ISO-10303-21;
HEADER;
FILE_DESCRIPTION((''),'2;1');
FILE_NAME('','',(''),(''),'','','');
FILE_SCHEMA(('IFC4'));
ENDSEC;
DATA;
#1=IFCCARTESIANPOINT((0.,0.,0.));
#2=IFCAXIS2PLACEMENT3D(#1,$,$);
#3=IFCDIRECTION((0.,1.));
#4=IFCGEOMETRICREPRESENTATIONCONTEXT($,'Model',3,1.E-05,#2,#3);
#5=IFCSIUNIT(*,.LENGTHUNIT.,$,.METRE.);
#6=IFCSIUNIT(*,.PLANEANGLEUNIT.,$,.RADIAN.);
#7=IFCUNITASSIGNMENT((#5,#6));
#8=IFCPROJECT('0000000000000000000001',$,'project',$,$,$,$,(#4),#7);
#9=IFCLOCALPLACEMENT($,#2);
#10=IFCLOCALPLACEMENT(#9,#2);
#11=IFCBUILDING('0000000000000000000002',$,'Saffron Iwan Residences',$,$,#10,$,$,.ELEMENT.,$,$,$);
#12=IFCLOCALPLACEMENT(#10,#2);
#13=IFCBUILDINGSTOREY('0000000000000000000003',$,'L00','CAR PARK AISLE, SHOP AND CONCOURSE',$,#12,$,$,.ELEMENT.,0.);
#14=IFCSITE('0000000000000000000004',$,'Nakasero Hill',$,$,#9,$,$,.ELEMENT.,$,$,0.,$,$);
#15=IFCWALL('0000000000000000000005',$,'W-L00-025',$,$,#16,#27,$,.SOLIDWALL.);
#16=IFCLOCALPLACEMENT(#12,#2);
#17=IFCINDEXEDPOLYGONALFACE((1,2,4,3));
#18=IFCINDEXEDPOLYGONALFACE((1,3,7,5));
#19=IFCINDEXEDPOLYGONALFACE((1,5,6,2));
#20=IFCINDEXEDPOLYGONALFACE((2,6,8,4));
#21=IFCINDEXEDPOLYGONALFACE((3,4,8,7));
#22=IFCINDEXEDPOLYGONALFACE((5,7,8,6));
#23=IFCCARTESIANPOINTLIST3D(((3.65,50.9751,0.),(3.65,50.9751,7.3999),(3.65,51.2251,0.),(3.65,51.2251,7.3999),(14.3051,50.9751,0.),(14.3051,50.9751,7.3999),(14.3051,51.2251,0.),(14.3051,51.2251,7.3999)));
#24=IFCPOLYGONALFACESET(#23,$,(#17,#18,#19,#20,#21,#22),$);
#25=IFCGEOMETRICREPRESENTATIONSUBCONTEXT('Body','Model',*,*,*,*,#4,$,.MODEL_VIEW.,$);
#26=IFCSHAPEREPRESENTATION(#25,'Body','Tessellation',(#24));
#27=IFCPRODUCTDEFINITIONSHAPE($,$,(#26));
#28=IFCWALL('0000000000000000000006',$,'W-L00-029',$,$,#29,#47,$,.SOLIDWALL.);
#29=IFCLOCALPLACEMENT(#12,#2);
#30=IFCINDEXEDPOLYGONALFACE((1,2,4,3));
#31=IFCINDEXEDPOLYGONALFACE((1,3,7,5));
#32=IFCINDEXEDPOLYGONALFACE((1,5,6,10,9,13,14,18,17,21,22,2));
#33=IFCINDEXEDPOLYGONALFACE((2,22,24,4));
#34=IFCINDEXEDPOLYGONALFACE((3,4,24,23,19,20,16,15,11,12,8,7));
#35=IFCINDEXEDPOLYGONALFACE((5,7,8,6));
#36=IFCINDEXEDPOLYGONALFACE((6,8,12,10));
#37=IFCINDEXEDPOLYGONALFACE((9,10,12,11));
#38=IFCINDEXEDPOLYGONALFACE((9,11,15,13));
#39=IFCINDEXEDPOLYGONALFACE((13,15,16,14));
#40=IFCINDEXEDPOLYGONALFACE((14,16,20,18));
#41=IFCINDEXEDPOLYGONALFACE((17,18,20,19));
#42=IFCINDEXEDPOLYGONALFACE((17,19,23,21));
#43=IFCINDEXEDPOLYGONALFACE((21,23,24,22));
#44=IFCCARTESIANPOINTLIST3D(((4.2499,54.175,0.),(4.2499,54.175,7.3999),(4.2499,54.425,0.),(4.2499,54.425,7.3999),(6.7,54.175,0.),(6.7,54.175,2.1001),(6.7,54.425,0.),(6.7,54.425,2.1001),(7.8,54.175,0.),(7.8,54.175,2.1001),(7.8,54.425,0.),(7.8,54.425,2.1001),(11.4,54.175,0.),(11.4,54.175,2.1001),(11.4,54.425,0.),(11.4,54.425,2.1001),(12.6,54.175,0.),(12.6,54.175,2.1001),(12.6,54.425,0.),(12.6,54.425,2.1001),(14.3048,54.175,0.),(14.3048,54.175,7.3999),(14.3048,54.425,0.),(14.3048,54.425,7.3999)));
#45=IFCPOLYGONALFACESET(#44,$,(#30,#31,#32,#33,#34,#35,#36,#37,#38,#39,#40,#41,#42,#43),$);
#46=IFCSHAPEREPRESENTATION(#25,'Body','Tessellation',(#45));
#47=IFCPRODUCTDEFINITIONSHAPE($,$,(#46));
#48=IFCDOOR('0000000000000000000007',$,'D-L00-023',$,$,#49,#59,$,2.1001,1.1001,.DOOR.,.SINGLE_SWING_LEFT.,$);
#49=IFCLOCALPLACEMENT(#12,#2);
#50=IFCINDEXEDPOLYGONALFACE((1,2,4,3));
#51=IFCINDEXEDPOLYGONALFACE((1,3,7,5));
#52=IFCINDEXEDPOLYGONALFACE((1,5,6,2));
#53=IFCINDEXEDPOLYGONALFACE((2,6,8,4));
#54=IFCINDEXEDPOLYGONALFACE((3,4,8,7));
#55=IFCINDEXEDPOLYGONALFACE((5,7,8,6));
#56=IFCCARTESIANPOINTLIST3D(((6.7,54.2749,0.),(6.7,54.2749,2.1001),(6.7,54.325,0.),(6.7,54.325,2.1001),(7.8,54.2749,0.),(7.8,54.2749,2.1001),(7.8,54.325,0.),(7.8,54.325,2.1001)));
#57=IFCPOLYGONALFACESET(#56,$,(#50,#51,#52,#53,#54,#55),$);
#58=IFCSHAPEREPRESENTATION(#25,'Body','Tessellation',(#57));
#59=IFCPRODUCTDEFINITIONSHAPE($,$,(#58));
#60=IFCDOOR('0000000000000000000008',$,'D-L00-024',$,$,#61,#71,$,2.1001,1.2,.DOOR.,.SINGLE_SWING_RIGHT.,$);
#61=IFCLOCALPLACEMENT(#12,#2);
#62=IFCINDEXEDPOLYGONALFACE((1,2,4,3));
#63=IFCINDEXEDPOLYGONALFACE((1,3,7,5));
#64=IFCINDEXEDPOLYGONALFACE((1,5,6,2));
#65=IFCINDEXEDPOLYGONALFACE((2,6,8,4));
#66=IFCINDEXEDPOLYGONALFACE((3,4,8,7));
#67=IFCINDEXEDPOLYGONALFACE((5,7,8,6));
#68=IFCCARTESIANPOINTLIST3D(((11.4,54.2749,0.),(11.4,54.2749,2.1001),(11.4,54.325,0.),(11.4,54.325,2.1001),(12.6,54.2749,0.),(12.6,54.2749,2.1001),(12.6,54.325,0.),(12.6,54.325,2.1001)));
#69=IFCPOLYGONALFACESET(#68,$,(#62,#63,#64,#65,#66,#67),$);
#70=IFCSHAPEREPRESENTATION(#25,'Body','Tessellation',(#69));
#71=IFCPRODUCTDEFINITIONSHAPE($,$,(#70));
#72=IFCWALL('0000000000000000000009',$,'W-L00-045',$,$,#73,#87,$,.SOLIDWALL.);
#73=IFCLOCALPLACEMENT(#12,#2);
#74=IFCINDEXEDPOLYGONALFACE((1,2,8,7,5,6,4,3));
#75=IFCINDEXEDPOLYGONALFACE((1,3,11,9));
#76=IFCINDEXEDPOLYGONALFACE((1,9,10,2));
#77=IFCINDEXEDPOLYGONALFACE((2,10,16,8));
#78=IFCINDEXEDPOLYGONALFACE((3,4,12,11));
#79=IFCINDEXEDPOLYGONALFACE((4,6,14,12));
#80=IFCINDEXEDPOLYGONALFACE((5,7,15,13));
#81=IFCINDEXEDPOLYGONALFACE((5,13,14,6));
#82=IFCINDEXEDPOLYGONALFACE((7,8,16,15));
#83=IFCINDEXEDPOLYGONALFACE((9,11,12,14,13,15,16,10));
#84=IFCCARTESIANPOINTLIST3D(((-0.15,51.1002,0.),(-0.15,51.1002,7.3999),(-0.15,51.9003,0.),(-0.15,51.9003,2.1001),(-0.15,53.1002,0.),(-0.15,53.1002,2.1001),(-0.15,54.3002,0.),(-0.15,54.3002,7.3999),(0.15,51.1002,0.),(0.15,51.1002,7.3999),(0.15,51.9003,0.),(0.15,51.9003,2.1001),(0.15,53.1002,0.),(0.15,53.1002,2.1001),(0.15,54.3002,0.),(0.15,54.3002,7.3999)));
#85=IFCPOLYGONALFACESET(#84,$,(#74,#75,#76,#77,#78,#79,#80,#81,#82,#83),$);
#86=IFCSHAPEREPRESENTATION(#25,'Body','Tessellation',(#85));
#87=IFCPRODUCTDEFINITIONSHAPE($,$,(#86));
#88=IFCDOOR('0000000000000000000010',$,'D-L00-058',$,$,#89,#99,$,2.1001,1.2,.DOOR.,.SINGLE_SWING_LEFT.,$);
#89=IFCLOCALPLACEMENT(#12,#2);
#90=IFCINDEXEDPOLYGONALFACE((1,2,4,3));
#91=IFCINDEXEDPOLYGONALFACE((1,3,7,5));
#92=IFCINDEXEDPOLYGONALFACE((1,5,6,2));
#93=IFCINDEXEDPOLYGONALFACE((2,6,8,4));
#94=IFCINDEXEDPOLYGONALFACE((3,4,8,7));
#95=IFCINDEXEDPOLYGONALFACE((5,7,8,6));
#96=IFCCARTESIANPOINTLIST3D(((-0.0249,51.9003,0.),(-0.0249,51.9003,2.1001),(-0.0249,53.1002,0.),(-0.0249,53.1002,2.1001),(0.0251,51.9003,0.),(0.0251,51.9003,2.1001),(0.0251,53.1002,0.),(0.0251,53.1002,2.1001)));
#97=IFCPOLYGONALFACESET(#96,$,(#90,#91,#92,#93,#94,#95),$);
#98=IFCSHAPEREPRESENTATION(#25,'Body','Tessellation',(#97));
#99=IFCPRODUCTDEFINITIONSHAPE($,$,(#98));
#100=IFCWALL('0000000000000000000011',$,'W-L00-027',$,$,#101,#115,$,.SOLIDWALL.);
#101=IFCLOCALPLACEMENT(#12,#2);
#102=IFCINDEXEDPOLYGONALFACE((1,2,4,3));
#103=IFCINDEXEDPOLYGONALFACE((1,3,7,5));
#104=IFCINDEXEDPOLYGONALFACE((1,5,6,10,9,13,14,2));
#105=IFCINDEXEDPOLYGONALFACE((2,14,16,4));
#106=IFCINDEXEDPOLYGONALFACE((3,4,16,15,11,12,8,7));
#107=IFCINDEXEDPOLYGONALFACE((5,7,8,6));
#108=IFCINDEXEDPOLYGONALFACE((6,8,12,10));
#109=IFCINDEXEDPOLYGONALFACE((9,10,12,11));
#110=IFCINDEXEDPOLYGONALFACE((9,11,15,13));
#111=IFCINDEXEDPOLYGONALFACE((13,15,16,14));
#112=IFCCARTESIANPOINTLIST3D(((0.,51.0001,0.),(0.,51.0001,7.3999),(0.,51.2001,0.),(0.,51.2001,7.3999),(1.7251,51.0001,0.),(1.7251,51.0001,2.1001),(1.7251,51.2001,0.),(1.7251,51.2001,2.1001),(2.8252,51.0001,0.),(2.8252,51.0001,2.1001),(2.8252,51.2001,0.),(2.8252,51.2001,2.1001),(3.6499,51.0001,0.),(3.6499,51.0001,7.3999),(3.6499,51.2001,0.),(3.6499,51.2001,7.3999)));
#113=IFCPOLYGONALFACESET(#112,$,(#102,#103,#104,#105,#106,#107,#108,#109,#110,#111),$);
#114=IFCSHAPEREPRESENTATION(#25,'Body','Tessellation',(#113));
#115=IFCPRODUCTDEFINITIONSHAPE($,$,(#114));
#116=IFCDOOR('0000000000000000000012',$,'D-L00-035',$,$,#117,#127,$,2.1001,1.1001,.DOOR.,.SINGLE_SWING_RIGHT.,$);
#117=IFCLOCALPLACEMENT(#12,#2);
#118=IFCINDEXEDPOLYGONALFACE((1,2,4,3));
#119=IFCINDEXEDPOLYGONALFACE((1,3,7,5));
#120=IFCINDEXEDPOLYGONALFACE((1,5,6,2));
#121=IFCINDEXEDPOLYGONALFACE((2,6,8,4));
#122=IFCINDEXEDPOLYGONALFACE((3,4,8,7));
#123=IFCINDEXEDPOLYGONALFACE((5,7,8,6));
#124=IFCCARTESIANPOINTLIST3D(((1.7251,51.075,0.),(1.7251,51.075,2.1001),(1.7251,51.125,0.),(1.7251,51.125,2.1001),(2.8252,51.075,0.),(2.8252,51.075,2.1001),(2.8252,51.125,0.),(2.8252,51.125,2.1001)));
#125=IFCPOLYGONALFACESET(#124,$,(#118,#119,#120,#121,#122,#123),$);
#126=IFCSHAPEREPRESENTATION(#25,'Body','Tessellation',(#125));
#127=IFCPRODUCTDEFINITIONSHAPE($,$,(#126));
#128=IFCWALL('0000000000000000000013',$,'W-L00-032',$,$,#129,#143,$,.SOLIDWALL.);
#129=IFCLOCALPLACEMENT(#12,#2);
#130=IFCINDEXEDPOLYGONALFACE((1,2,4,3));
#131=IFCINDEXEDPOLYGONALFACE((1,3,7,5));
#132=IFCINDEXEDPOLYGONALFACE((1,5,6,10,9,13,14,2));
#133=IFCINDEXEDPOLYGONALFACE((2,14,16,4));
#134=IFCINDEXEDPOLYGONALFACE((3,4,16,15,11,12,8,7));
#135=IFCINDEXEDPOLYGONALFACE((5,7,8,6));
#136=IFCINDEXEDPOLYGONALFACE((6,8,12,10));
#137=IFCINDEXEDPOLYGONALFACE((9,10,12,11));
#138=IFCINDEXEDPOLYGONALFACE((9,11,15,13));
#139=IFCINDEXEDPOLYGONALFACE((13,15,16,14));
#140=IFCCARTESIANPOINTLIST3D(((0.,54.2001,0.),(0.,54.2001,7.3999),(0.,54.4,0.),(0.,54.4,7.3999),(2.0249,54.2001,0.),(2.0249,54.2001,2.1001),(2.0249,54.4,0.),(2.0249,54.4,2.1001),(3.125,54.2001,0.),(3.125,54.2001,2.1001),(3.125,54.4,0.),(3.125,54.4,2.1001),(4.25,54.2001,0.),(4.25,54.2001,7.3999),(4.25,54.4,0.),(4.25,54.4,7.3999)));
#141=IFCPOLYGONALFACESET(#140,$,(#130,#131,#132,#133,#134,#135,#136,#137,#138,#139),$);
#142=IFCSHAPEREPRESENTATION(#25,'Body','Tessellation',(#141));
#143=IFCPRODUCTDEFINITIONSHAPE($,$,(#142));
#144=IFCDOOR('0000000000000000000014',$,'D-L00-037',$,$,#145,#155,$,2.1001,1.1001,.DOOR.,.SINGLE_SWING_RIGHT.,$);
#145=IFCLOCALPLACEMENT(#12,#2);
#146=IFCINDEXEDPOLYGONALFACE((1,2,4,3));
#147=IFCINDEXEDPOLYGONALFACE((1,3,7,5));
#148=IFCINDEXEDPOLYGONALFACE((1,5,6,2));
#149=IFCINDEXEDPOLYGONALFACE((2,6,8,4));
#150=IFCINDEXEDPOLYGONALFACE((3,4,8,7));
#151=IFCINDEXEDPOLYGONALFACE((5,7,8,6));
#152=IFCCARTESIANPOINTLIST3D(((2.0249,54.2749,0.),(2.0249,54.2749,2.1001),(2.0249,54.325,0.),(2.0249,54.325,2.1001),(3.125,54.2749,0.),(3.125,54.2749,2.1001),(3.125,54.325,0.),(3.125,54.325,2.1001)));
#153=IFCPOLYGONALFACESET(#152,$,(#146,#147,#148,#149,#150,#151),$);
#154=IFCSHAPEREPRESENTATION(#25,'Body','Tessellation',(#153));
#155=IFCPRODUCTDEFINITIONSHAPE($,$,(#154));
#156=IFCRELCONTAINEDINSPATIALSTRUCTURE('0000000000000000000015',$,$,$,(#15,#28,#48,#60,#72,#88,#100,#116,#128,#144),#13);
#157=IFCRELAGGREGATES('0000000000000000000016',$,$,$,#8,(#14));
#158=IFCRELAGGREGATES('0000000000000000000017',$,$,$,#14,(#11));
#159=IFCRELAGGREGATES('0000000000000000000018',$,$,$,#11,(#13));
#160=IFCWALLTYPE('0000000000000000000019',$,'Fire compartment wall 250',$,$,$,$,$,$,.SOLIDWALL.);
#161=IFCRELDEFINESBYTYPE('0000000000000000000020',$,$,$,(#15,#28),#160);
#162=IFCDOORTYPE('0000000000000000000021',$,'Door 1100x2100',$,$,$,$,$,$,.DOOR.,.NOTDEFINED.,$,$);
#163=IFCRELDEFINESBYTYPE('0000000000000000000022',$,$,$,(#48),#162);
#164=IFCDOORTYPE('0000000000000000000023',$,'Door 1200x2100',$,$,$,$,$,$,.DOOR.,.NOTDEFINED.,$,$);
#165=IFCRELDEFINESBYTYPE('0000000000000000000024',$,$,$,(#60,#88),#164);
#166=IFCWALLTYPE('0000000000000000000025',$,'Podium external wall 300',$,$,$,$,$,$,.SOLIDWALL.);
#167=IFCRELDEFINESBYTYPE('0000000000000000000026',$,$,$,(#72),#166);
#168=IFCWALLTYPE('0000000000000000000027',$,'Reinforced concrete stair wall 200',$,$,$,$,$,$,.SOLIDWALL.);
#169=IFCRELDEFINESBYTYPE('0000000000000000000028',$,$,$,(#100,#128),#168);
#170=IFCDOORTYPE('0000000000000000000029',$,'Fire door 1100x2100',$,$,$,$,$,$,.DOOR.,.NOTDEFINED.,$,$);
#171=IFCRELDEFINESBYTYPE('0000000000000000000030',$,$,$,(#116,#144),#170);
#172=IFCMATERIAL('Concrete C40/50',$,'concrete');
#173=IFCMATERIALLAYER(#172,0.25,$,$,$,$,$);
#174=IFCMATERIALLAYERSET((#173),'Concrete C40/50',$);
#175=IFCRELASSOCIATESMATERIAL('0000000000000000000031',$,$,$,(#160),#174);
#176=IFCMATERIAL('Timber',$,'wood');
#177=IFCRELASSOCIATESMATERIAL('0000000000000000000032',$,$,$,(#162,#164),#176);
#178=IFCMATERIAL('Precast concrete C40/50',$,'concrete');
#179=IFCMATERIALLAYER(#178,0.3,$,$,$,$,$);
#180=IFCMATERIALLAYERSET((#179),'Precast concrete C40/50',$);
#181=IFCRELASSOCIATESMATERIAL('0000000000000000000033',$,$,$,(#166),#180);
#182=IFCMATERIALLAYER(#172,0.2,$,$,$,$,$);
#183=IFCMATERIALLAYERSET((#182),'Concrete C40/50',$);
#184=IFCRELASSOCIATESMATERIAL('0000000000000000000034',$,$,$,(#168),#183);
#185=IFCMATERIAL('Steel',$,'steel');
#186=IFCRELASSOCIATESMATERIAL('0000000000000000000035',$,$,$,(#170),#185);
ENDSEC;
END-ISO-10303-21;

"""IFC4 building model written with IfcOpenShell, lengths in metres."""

from ifc_helpers import new_model, si_unit, direction, frame, frame_2d, origin, place, context, subcontext, project, spatial, rectangle, extrude, material, layer, layer_set, type_object, element, fill, save


model = new_model("IFC4")

# Units and contexts
model_context = context("Model", 3, precision=1e-05, world=origin(), true_north=direction((0.0, 1.0)))
body_context = subcontext(model_context, "Body", "Model", "MODEL_VIEW")
ifc_project = project(units=[si_unit("LENGTHUNIT", "METRE"), si_unit("PLANEANGLEUNIT", "RADIAN")], contexts=[model_context])

# Site, building, storey
site_placement = place(None, origin())
site = spatial("IfcSite", under=ifc_project, at=site_placement, Name="Nakasero Hill", CompositionType="ELEMENT", RefElevation=0.0)
building_placement = place(site_placement, origin())
building = spatial("IfcBuilding", under=site, at=building_placement, Name="Saffron Iwan Residences", CompositionType="ELEMENT")
storey_placement = place(building_placement, origin())
storey = spatial("IfcBuildingStorey", under=building, at=storey_placement, Name="L00", Description="CAR PARK AISLE, SHOP AND CONCOURSE", CompositionType="ELEMENT", Elevation=0.0)

# Wall
ifc_material_1 = material(Name="Concrete C40/50", Category="concrete")
ifc_layer_1 = layer(ifc_material_1, 0.25)
ifc_layer_set_1 = layer_set([ifc_layer_1], Name="Concrete C40/50")
wall_type_1 = type_object("IfcWallType", Name="Fire compartment wall 250", PredefinedType="SOLIDWALL", material=ifc_layer_set_1)
wall_1_placement = place(storey_placement, frame((3.6499, 51.1001, 0.0), z_axis=(0.0, 0.0, 1.0), x_axis=(1.0, 0.0, 0.0)))
element("IfcWall", 1, at=wall_1_placement, inside=storey, type_object=wall_type_1, Name="W-L00-025", PredefinedType="SOLIDWALL", context=body_context, shape_type="SweptSolid", body=[
    extrude(rectangle(XDim=10.655, YDim=0.25, at=frame_2d((5.3276, 0.0))), origin(), (0.0, 0.0, 1.0), 7.3999),
])

# Wall, openings, doors
wall_2_placement = place(storey_placement, frame((4.25, 54.3, 0.0), z_axis=(0.0, 0.0, 1.0), x_axis=(1.0, 0.0, 0.0)))
wall_2 = element("IfcWall", 2, at=wall_2_placement, inside=storey, type_object=wall_type_1, Name="W-L00-029", PredefinedType="SOLIDWALL", context=body_context, shape_type="SweptSolid", body=[
    extrude(rectangle(XDim=10.0549, YDim=0.25, at=frame_2d((5.0273, 0.0))), origin(), (0.0, 0.0, 1.0), 7.3999),
])
opening_1_placement = place(wall_2_placement, frame((2.45, 0.0, 0.0)))
opening_1 = element("IfcOpeningElement", 3, at=opening_1_placement, cuts=wall_2, PredefinedType="OPENING", context=body_context, shape_type="SweptSolid", body=[
    extrude(rectangle(XDim=1.1001, YDim=2.1001, at=frame_2d((0.55, 1.05))), frame((0.0, 0.135, 0.0), z_axis=(0.0, -1.0, 0.0), x_axis=(1.0, 0.0, 0.0)), (0.0, 0.0, 1.0), 0.27),
])
opening_2_placement = place(wall_2_placement, frame((7.1499, 0.0, 0.0)))
opening_2 = element("IfcOpeningElement", 4, at=opening_2_placement, cuts=wall_2, PredefinedType="OPENING", context=body_context, shape_type="SweptSolid", body=[
    extrude(rectangle(XDim=1.2, YDim=2.1001, at=frame_2d((0.6001, 1.05))), frame((0.0, 0.135, 0.0), z_axis=(0.0, -1.0, 0.0), x_axis=(1.0, 0.0, 0.0)), (0.0, 0.0, 1.0), 0.27),
])
ifc_material_2 = material(Name="Timber", Category="wood")
door_type_1 = type_object("IfcDoorType", Name="Door 1100x2100", OperationType="NOTDEFINED", PredefinedType="DOOR", material=ifc_material_2)
door_1_placement = place(opening_1_placement, origin())
door_1 = element("IfcDoor", 5, at=door_1_placement, inside=storey, type_object=door_type_1, Name="D-L00-023", OperationType="SINGLE_SWING_LEFT", OverallHeight=2.1001, OverallWidth=1.1001, PredefinedType="DOOR", context=body_context, shape_type="SweptSolid", body=[
    extrude(rectangle(XDim=1.1001, YDim=2.1001, at=frame_2d((0.55, 1.05))), frame((0.0, 0.0249, 0.0), z_axis=(0.0, -1.0, 0.0), x_axis=(1.0, 0.0, 0.0)), (0.0, 0.0, 1.0), 0.05),
])
fill(opening_1, door_1)
door_type_2 = type_object("IfcDoorType", Name="Door 1200x2100", OperationType="NOTDEFINED", PredefinedType="DOOR", material=ifc_material_2)
door_2_placement = place(opening_2_placement, origin())
door_2 = element("IfcDoor", 6, at=door_2_placement, inside=storey, type_object=door_type_2, Name="D-L00-024", OperationType="SINGLE_SWING_RIGHT", OverallHeight=2.1001, OverallWidth=1.2, PredefinedType="DOOR", context=body_context, shape_type="SweptSolid", body=[
    extrude(rectangle(XDim=1.2, YDim=2.1001, at=frame_2d((0.6001, 1.05))), frame((0.0, 0.0249, 0.0), z_axis=(0.0, -1.0, 0.0), x_axis=(1.0, 0.0, 0.0)), (0.0, 0.0, 1.0), 0.05),
])
fill(opening_2, door_2)

# Walls, openings, doors
ifc_material_3 = material(Name="Precast concrete C40/50", Category="concrete")
ifc_layer_2 = layer(ifc_material_3, 0.3)
ifc_layer_set_2 = layer_set([ifc_layer_2], Name="Precast concrete C40/50")
wall_type_2 = type_object("IfcWallType", Name="Podium external wall 300", PredefinedType="SOLIDWALL", material=ifc_layer_set_2)
wall_3_placement = place(storey_placement, frame((0.0, 51.1001, 0.0), z_axis=(0.0, 0.0, 1.0), x_axis=(0.0, 1.0, 0.0)))
wall_3 = element("IfcWall", 7, at=wall_3_placement, inside=storey, type_object=wall_type_2, Name="W-L00-045", PredefinedType="SOLIDWALL", context=body_context, shape_type="SweptSolid", body=[
    extrude(rectangle(XDim=3.2, YDim=0.3, at=frame_2d((1.6001, 0.0))), origin(), (0.0, 0.0, 1.0), 7.3999),
])
opening_3_placement = place(wall_3_placement, frame((0.8, 0.0, 0.0)))
opening_3 = element("IfcOpeningElement", 8, at=opening_3_placement, cuts=wall_3, PredefinedType="OPENING", context=body_context, shape_type="SweptSolid", body=[
    extrude(rectangle(XDim=1.2, YDim=2.1001, at=frame_2d((0.6001, 1.05))), frame((0.0, 0.1602, 0.0), z_axis=(0.0, -1.0, 0.0), x_axis=(1.0, 0.0, 0.0)), (0.0, 0.0, 1.0), 0.3201),
])
door_3_placement = place(opening_3_placement, origin())
door_3 = element("IfcDoor", 9, at=door_3_placement, inside=storey, type_object=door_type_2, Name="D-L00-058", OperationType="SINGLE_SWING_LEFT", OverallHeight=2.1001, OverallWidth=1.2, PredefinedType="DOOR", context=body_context, shape_type="SweptSolid", body=[
    extrude(rectangle(XDim=1.2, YDim=2.1001, at=frame_2d((0.6001, 1.05))), frame((0.0, 0.0249, 0.0), z_axis=(0.0, -1.0, 0.0), x_axis=(1.0, 0.0, 0.0)), (0.0, 0.0, 1.0), 0.05),
])
fill(opening_3, door_3)
ifc_layer_3 = layer(ifc_material_1, 0.2)
ifc_layer_set_3 = layer_set([ifc_layer_3], Name="Concrete C40/50")
wall_type_3 = type_object("IfcWallType", Name="Reinforced concrete stair wall 200", PredefinedType="SOLIDWALL", material=ifc_layer_set_3)
wall_4_placement = place(storey_placement, frame((0.0, 51.1001, 0.0), z_axis=(0.0, 0.0, 1.0), x_axis=(1.0, 0.0, 0.0)))
wall_4 = element("IfcWall", 10, at=wall_4_placement, inside=storey, type_object=wall_type_3, Name="W-L00-027", PredefinedType="SOLIDWALL", context=body_context, shape_type="SweptSolid", body=[
    extrude(rectangle(XDim=3.6499, YDim=0.2, at=frame_2d((1.825, 0.0))), origin(), (0.0, 0.0, 1.0), 7.3999),
])
opening_4_placement = place(wall_4_placement, frame((1.7251, 0.0, 0.0)))
opening_4 = element("IfcOpeningElement", 11, at=opening_4_placement, cuts=wall_4, PredefinedType="OPENING", context=body_context, shape_type="SweptSolid", body=[
    extrude(rectangle(XDim=1.1001, YDim=2.1001, at=frame_2d((0.55, 1.05))), frame((0.0, 0.1099, 0.0), z_axis=(0.0, -1.0, 0.0), x_axis=(1.0, 0.0, 0.0)), (0.0, 0.0, 1.0), 0.22),
])
ifc_material_4 = material(Name="Steel", Category="steel")
door_type_3 = type_object("IfcDoorType", Name="Fire door 1100x2100", OperationType="NOTDEFINED", PredefinedType="DOOR", material=ifc_material_4)
door_4_placement = place(opening_4_placement, origin())
door_4 = element("IfcDoor", 12, at=door_4_placement, inside=storey, type_object=door_type_3, Name="D-L00-035", OperationType="SINGLE_SWING_RIGHT", OverallHeight=2.1001, OverallWidth=1.1001, PredefinedType="DOOR", context=body_context, shape_type="SweptSolid", body=[
    extrude(rectangle(XDim=1.1001, YDim=2.1001, at=frame_2d((0.55, 1.05))), frame((0.0, 0.0249, 0.0), z_axis=(0.0, -1.0, 0.0), x_axis=(1.0, 0.0, 0.0)), (0.0, 0.0, 1.0), 0.05),
])
fill(opening_4, door_4)
wall_5_placement = place(storey_placement, frame((0.0, 54.3, 0.0), z_axis=(0.0, 0.0, 1.0), x_axis=(1.0, 0.0, 0.0)))
wall_5 = element("IfcWall", 13, at=wall_5_placement, inside=storey, type_object=wall_type_3, Name="W-L00-032", PredefinedType="SOLIDWALL", context=body_context, shape_type="SweptSolid", body=[
    extrude(rectangle(XDim=4.25, YDim=0.2, at=frame_2d((2.125, 0.0))), origin(), (0.0, 0.0, 1.0), 7.3999),
])
opening_5_placement = place(wall_5_placement, frame((2.0249, 0.0, 0.0)))
opening_5 = element("IfcOpeningElement", 14, at=opening_5_placement, cuts=wall_5, PredefinedType="OPENING", context=body_context, shape_type="SweptSolid", body=[
    extrude(rectangle(XDim=1.1001, YDim=2.1001, at=frame_2d((0.55, 1.05))), frame((0.0, 0.1099, 0.0), z_axis=(0.0, -1.0, 0.0), x_axis=(1.0, 0.0, 0.0)), (0.0, 0.0, 1.0), 0.22),
])
door_5_placement = place(opening_5_placement, origin())
door_5 = element("IfcDoor", 15, at=door_5_placement, inside=storey, type_object=door_type_3, Name="D-L00-037", OperationType="SINGLE_SWING_RIGHT", OverallHeight=2.1001, OverallWidth=1.1001, PredefinedType="DOOR", context=body_context, shape_type="SweptSolid", body=[
    extrude(rectangle(XDim=1.1001, YDim=2.1001, at=frame_2d((0.55, 1.05))), frame((0.0, 0.0249, 0.0), z_axis=(0.0, -1.0, 0.0), x_axis=(1.0, 0.0, 0.0)), (0.0, 0.0, 1.0), 0.05),
])
fill(opening_5, door_5)

save(model, "model.ifc")
